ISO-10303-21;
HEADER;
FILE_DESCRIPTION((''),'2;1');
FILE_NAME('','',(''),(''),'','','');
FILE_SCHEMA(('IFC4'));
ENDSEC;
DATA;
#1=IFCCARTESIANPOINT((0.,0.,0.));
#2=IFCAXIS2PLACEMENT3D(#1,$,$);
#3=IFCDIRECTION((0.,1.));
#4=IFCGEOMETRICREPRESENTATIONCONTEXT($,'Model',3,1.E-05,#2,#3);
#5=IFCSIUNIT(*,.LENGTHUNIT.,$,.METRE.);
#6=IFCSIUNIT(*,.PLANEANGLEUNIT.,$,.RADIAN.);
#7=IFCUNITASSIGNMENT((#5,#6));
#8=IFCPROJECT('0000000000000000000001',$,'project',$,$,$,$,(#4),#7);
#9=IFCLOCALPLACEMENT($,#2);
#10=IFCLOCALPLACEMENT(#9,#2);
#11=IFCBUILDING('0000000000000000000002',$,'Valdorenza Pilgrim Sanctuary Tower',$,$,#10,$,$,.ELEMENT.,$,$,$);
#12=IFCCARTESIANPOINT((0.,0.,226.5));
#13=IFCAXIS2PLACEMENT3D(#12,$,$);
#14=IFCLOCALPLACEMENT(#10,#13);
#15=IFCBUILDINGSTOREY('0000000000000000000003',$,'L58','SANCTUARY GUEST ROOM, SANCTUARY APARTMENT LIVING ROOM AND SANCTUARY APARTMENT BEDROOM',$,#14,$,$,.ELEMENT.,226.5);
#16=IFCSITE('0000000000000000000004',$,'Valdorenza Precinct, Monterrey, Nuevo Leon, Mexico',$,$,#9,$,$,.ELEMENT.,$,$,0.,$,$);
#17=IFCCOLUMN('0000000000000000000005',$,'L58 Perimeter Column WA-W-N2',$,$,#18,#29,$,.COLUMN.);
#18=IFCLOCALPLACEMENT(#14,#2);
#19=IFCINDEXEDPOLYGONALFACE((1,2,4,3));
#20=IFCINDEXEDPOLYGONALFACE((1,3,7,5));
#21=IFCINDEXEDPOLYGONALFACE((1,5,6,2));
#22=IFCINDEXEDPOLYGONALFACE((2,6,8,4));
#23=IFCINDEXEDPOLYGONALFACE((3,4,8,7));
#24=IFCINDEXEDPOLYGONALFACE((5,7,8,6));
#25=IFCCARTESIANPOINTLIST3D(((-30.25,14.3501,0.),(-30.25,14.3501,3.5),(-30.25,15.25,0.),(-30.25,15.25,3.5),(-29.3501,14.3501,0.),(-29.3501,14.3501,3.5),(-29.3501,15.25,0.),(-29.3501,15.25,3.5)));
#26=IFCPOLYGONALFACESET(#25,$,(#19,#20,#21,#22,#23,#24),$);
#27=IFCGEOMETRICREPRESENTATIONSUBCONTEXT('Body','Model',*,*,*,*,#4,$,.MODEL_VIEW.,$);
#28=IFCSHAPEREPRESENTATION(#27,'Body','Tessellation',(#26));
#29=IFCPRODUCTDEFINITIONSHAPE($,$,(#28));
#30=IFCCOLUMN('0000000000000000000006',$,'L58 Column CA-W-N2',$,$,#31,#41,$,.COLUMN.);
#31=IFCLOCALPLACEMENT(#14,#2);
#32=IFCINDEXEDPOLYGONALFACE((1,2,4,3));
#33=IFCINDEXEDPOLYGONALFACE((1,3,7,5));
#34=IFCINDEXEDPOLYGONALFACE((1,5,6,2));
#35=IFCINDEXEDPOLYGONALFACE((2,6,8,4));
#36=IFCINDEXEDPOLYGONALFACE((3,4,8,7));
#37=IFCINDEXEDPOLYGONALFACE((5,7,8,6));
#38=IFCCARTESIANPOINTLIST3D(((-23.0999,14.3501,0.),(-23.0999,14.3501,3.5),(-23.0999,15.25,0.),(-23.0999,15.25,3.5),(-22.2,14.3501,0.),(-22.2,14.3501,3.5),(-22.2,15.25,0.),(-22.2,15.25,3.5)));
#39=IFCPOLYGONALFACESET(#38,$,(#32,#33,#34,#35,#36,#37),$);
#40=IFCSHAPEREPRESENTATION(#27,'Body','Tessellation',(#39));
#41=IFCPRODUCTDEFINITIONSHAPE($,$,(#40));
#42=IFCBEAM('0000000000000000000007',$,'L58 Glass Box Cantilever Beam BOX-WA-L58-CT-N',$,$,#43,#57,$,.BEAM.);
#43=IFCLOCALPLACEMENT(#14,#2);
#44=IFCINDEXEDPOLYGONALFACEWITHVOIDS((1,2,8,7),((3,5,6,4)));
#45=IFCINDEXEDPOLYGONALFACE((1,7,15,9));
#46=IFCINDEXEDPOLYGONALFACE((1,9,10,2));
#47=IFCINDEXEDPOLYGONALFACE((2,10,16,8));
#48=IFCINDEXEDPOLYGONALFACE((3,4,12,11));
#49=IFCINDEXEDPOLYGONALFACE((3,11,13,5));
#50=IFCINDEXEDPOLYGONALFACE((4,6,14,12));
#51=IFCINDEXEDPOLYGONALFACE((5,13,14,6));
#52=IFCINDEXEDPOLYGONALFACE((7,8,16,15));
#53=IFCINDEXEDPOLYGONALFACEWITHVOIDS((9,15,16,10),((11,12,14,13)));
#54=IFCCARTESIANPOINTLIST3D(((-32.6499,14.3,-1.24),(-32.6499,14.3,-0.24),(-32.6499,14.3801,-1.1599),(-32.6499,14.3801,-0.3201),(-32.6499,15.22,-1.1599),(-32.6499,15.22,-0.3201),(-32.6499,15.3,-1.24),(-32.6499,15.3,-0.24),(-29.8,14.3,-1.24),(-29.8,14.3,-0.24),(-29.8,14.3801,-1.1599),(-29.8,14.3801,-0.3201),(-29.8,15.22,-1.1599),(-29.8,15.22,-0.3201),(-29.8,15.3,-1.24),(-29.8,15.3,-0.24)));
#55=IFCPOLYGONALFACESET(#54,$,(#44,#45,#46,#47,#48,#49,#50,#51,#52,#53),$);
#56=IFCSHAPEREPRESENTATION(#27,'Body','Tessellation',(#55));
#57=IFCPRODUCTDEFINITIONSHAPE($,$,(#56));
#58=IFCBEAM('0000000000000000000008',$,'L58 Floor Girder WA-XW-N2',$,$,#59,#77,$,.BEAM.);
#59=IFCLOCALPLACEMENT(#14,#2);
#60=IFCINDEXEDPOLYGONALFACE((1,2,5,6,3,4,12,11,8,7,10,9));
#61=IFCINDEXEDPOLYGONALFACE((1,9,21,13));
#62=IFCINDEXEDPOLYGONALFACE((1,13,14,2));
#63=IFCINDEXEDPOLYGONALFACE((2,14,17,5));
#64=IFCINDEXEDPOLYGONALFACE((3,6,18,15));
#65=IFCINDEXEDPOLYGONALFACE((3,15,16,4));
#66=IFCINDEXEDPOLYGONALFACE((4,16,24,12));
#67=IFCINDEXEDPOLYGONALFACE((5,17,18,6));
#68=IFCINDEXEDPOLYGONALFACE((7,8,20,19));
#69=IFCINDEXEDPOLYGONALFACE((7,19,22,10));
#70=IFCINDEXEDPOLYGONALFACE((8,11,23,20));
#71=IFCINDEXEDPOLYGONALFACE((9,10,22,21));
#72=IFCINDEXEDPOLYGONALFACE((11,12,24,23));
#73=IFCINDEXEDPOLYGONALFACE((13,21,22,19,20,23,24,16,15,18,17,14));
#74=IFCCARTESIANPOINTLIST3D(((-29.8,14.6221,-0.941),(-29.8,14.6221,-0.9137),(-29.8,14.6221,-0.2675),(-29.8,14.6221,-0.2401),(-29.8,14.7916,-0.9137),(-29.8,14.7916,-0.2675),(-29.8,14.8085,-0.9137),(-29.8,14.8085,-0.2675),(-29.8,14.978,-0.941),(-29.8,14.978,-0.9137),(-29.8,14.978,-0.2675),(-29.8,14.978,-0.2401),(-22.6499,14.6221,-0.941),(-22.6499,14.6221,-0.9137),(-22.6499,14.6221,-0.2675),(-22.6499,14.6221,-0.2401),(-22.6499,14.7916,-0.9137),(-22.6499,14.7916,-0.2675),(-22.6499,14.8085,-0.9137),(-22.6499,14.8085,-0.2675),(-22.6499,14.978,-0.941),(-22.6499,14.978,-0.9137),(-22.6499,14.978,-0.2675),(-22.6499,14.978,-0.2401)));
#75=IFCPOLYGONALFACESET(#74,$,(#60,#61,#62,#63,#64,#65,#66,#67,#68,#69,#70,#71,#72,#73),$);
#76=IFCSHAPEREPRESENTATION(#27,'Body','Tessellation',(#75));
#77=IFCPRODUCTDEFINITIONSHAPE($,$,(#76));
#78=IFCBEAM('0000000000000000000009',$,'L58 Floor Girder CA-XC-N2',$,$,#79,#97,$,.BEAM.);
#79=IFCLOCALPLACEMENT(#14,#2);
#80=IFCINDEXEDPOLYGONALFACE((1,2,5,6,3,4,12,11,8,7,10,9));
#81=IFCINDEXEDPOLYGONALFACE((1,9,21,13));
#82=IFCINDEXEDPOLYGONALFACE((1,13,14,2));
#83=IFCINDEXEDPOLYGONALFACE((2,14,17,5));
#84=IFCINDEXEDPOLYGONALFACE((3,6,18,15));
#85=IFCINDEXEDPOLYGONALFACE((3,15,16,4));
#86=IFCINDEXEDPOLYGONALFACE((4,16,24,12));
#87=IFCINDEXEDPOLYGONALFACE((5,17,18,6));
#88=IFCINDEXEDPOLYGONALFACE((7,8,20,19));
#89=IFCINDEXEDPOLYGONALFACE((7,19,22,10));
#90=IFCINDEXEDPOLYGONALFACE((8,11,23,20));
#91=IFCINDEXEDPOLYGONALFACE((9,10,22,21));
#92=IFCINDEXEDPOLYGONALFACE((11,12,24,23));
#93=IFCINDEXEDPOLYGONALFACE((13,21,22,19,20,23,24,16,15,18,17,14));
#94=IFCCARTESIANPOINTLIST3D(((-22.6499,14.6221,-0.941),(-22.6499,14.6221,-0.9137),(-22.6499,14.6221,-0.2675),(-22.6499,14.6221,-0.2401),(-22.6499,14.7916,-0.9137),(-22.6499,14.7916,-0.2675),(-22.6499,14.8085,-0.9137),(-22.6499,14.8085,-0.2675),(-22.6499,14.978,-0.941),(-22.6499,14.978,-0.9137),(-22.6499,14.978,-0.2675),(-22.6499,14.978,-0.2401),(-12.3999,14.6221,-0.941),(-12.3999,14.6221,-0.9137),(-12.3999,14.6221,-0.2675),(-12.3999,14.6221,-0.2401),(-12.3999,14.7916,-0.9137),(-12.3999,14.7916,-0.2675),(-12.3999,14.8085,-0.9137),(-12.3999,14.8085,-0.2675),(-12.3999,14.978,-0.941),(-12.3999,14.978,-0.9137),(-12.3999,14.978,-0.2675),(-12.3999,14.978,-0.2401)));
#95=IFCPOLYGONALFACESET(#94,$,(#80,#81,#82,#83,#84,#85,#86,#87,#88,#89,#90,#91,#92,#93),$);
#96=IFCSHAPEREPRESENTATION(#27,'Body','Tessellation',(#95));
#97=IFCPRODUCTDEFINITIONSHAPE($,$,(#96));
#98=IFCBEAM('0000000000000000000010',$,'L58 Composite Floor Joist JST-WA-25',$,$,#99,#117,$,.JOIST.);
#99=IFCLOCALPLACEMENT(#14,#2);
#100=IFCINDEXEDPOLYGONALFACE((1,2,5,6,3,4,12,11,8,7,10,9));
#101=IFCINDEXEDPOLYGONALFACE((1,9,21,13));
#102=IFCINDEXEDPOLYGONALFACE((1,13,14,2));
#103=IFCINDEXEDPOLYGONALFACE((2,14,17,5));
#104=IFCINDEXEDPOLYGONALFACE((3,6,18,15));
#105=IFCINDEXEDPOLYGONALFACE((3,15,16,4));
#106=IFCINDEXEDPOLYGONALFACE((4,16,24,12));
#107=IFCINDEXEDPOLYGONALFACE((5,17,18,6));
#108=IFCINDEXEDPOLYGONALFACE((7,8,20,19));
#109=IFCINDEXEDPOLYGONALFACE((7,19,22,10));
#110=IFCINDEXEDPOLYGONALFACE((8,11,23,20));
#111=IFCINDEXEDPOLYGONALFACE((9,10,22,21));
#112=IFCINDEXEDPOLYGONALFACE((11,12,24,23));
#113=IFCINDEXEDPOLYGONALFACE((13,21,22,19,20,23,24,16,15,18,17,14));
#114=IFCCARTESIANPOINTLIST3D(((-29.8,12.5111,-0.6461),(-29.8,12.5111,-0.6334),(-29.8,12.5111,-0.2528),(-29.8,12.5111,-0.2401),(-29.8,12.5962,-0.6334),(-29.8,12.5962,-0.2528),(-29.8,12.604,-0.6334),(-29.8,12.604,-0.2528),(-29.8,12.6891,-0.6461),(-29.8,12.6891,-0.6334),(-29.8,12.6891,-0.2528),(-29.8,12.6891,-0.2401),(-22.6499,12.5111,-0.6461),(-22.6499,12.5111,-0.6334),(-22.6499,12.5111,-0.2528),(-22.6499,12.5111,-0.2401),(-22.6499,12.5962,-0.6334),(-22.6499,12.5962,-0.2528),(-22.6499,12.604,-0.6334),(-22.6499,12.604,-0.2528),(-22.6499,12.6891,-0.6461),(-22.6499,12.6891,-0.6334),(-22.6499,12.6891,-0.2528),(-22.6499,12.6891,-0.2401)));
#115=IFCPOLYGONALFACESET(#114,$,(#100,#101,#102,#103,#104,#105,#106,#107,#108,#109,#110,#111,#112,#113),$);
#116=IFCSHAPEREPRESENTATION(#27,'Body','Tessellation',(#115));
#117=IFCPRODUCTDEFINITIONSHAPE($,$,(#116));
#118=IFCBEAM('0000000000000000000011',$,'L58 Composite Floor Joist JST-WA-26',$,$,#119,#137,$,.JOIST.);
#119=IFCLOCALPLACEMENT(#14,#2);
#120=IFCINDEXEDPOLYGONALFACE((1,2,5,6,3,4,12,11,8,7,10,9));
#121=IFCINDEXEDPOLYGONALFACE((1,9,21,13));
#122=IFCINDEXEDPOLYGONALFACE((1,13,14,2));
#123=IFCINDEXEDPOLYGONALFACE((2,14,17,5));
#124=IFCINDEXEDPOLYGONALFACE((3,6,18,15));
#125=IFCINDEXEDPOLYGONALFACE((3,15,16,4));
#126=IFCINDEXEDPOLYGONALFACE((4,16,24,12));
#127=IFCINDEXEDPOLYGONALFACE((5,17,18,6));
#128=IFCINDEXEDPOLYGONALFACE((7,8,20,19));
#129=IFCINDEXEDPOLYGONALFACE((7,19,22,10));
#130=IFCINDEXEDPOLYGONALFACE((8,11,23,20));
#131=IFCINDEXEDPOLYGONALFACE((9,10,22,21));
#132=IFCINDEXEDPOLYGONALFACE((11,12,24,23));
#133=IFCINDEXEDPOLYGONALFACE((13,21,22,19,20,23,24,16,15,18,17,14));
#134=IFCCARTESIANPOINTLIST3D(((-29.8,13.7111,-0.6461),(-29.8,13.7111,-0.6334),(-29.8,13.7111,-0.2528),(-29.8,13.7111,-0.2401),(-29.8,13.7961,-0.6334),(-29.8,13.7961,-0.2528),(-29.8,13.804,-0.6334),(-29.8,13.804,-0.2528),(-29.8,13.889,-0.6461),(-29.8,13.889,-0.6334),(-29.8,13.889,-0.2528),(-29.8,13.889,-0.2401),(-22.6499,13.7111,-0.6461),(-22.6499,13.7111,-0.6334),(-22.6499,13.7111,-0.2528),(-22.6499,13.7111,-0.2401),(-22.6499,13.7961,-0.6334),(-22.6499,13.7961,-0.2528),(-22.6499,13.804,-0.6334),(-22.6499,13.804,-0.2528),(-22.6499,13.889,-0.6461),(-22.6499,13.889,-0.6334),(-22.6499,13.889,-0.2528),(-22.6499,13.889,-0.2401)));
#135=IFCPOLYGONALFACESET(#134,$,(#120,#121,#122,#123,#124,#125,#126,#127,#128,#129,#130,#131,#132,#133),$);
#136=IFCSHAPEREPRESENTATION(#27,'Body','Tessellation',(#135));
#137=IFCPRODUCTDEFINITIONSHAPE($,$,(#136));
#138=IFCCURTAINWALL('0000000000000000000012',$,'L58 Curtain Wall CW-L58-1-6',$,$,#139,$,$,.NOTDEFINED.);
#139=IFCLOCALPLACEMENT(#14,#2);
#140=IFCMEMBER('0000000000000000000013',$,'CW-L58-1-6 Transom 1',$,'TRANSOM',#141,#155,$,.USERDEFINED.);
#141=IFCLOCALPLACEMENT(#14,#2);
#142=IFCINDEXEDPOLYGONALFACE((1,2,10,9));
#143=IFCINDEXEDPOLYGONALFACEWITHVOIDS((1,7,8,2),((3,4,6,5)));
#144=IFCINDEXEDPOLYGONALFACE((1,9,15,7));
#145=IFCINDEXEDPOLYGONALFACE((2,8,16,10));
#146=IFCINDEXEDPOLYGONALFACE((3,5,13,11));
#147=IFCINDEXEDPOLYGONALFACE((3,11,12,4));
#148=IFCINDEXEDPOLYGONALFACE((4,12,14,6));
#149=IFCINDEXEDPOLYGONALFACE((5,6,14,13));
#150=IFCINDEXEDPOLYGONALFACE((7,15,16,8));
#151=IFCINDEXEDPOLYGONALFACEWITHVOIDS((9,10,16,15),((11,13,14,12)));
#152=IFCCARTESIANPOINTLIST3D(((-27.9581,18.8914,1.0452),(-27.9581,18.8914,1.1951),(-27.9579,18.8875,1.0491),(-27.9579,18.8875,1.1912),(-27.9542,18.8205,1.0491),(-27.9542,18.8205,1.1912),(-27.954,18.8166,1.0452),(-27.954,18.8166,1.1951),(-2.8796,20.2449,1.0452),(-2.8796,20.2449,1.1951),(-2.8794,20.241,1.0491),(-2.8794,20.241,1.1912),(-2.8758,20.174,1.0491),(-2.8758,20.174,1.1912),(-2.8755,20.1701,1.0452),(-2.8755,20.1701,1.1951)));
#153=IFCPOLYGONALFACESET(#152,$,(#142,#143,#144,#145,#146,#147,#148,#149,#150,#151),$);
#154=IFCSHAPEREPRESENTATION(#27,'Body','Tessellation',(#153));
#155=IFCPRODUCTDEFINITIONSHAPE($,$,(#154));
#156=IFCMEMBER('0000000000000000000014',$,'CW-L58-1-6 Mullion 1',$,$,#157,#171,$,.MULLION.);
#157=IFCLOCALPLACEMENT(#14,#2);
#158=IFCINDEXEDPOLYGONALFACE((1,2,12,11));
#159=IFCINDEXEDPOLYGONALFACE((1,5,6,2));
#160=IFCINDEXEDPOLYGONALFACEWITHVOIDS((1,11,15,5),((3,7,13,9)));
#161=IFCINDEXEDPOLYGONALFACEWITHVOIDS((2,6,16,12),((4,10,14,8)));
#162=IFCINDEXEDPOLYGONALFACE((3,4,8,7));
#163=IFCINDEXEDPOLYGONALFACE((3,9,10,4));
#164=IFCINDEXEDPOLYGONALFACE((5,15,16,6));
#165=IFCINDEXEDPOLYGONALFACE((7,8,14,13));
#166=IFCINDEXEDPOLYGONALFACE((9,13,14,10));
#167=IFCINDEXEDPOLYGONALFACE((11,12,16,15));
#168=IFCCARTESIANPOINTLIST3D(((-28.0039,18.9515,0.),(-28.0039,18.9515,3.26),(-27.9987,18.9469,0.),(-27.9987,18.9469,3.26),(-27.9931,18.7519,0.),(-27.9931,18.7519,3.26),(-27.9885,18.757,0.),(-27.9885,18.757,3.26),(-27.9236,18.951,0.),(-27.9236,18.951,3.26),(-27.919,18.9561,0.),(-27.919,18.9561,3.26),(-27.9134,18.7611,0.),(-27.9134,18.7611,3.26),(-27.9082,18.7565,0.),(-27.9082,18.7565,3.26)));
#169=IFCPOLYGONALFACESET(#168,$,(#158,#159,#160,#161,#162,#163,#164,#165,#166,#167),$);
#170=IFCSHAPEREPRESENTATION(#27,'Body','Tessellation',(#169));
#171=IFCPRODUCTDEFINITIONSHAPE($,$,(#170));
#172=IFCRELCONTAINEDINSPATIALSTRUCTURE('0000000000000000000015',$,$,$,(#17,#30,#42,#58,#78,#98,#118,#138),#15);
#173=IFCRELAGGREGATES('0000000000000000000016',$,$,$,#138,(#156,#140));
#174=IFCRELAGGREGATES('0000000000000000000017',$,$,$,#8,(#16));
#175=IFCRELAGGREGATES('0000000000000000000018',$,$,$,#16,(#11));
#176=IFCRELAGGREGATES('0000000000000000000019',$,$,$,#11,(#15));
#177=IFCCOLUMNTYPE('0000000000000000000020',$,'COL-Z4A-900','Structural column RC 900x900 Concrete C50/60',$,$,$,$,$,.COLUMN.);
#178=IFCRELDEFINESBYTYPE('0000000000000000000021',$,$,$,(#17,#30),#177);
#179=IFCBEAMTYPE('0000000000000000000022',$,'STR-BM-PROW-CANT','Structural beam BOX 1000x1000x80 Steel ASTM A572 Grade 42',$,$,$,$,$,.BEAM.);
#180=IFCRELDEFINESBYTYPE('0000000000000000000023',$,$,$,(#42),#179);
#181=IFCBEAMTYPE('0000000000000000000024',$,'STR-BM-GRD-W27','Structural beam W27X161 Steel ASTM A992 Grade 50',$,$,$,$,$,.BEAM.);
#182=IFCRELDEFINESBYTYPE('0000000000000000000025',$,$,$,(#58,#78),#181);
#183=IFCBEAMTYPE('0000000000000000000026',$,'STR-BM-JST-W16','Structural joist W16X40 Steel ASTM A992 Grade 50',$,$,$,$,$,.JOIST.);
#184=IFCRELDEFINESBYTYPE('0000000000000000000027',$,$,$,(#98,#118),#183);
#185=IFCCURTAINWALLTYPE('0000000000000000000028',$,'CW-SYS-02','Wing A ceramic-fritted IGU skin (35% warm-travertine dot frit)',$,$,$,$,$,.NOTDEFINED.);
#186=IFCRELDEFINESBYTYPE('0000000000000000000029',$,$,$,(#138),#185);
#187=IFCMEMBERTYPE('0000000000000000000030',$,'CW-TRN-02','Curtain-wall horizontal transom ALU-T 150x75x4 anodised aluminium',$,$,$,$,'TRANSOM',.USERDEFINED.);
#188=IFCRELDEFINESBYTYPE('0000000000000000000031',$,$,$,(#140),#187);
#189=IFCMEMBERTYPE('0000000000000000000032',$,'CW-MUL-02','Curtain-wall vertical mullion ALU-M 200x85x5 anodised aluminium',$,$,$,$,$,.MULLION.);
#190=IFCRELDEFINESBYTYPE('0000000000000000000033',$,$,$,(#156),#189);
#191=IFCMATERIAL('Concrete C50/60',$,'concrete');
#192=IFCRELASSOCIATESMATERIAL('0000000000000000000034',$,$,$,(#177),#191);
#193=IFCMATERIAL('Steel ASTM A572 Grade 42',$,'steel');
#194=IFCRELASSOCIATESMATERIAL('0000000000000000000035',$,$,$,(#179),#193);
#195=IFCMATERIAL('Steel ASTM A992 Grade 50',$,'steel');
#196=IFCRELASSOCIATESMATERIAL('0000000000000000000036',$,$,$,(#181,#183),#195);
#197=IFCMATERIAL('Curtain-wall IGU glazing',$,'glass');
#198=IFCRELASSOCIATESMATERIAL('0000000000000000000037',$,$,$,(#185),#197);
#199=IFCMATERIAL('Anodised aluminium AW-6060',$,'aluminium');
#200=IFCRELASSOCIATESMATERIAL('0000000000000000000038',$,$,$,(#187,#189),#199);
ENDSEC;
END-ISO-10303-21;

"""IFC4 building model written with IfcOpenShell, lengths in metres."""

from ifc_helpers import new_model, si_unit, direction, frame, origin, origin_2d, place, context, subcontext, project, spatial, rectangle, hollow_rectangle, i_section, extrude, source, transform, mapped, material, material_profile, profile_set, type_object, element, aggregate, save


model = new_model("IFC4")

# Units and contexts
model_context = context("Model", 3, precision=1e-05, world=origin(), true_north=direction((0.0, 1.0)))
body_context = subcontext(model_context, "Body", "Model", "MODEL_VIEW")
ifc_project = project(units=[si_unit("LENGTHUNIT", "METRE"), si_unit("PLANEANGLEUNIT", "RADIAN")], contexts=[model_context])

# Site, building, storey
site_placement = place(None, origin())
site = spatial("IfcSite", under=ifc_project, at=site_placement, Name="Valdorenza Precinct, Monterrey, Nuevo Leon, Mexico", CompositionType="ELEMENT", RefElevation=0.0)
building_placement = place(site_placement, origin())
building = spatial("IfcBuilding", under=site, at=building_placement, Name="Valdorenza Pilgrim Sanctuary Tower", CompositionType="ELEMENT")
storey_placement = place(building_placement, frame((0.0, 0.0, 226.5)))
storey = spatial("IfcBuildingStorey", under=building, at=storey_placement, Name="L58", Description="SANCTUARY GUEST ROOM, SANCTUARY APARTMENT LIVING ROOM AND SANCTUARY APARTMENT BEDROOM", CompositionType="ELEMENT", Elevation=226.5)

# Columns
ifc_material_1 = material(Name="Concrete C50/60", Category="concrete")
ifc_material_profile_1 = material_profile(ifc_material_1, rectangle(XDim=0.8999, YDim=0.8999, at=origin_2d()), Name="RC 900x900")
ifc_profile_set_1 = profile_set([ifc_material_profile_1], Name="Concrete C50/60")
column_type = type_object("IfcColumnType", Name="COL-Z4A-900", Description="Structural column RC 900x900 Concrete C50/60", PredefinedType="COLUMN", material=ifc_profile_set_1)
shared_shape_1 = source(origin(), body_context, "Body", "SweptSolid", [
    extrude(rectangle(XDim=0.8999, YDim=0.8999, at=origin_2d()), origin(), (0.0, 0.0, 1.0), 3.5),
])
for number, where, z_axis, x_axis, name in (
    (1, (-29.8, 14.8, 0.0), (0.0, 0.0, 1.0), (1.0, 0.0, 0.0), "L58 Perimeter Column WA-W-N2"),
    (2, (-22.6499, 14.8, 0.0), (0.0, 0.0, 1.0), (1.0, 0.0, 0.0), "L58 Column CA-W-N2"),
):
    element("IfcColumn", number, at=place(storey_placement, frame(where, z_axis=z_axis, x_axis=x_axis)), inside=storey, type_object=column_type, Name=name, PredefinedType="COLUMN", context=body_context, shape_type="MappedRepresentation", body=[
        mapped(shared_shape_1, transform((0.0, 0.0, 0.0), x_axis=(1.0, 0.0, 0.0), y_axis=(0.0, 1.0, 0.0), z_axis=(0.0, 0.0, 1.0), scale=1.0)),
    ])

# Beams
ifc_material_2 = material(Name="Steel ASTM A572 Grade 42", Category="steel")
ifc_material_profile_2 = material_profile(ifc_material_2, hollow_rectangle(XDim=1.0, YDim=1.0, WallThickness=0.0801, at=origin_2d()), Name="BOX 1000x1000x80")
ifc_profile_set_2 = profile_set([ifc_material_profile_2], Name="Steel ASTM A572 Grade 42")
beam_type_1 = type_object("IfcBeamType", Name="STR-BM-PROW-CANT", Description="Structural beam BOX 1000x1000x80 Steel ASTM A572 Grade 42", PredefinedType="BEAM", material=ifc_profile_set_2)
shared_shape_2 = source(origin(), body_context, "Body", "SweptSolid", [
    extrude(hollow_rectangle(XDim=1.0, YDim=1.0, WallThickness=0.0801, at=origin_2d()), origin(), (0.0, 0.0, 1.0), 2.8499),
])
beam_1_placement = place(storey_placement, frame((-29.8, 14.8, -0.74), z_axis=(-1.0, 0.0, 0.0), x_axis=(0.0, -1.0, 0.0)))
element("IfcBeam", 3, at=beam_1_placement, inside=storey, type_object=beam_type_1, Name="L58 Glass Box Cantilever Beam BOX-WA-L58-CT-N", PredefinedType="BEAM", context=body_context, shape_type="MappedRepresentation", body=[
    mapped(shared_shape_2, transform((0.0, 0.0, 0.0), x_axis=(1.0, 0.0, 0.0), y_axis=(0.0, 1.0, 0.0), z_axis=(0.0, 0.0, 1.0), scale=1.0)),
])
ifc_material_3 = material(Name="Steel ASTM A992 Grade 50", Category="steel")
ifc_material_profile_3 = material_profile(ifc_material_3, i_section(OverallWidth=0.356, OverallDepth=0.7009, WebThickness=0.0168, FlangeThickness=0.0273, at=origin_2d()), Name="W27X161")
ifc_profile_set_3 = profile_set([ifc_material_profile_3], Name="Steel ASTM A992 Grade 50")
beam_type_2 = type_object("IfcBeamType", Name="STR-BM-GRD-W27", Description="Structural beam W27X161 Steel ASTM A992 Grade 50", PredefinedType="BEAM", material=ifc_profile_set_3)
shared_shape_3 = source(origin(), body_context, "Body", "SweptSolid", [
    extrude(i_section(OverallWidth=0.356, OverallDepth=0.7009, WebThickness=0.0168, FlangeThickness=0.0273, at=origin_2d()), origin(), (0.0, 0.0, 1.0), 7.1501),
])
beam_2_placement = place(storey_placement, frame((-29.8, 14.8, -0.5906), z_axis=(1.0, 0.0, 0.0), x_axis=(0.0, 1.0, 0.0)))
element("IfcBeam", 4, at=beam_2_placement, inside=storey, type_object=beam_type_2, Name="L58 Floor Girder WA-XW-N2", PredefinedType="BEAM", context=body_context, shape_type="MappedRepresentation", body=[
    mapped(shared_shape_3, transform((0.0, 0.0, 0.0), x_axis=(1.0, 0.0, 0.0), y_axis=(0.0, 1.0, 0.0), z_axis=(0.0, 0.0, 1.0), scale=1.0)),
])
shared_shape_4 = source(origin(), body_context, "Body", "SweptSolid", [
    extrude(i_section(OverallWidth=0.356, OverallDepth=0.7009, WebThickness=0.0168, FlangeThickness=0.0273, at=origin_2d()), origin(), (0.0, 0.0, 1.0), 10.25),
])
beam_3_placement = place(storey_placement, frame((-22.6499, 14.8, -0.5906), z_axis=(1.0, 0.0, 0.0), x_axis=(0.0, 1.0, 0.0)))
element("IfcBeam", 5, at=beam_3_placement, inside=storey, type_object=beam_type_2, Name="L58 Floor Girder CA-XC-N2", PredefinedType="BEAM", context=body_context, shape_type="MappedRepresentation", body=[
    mapped(shared_shape_4, transform((0.0, 0.0, 0.0), x_axis=(1.0, 0.0, 0.0), y_axis=(0.0, 1.0, 0.0), z_axis=(0.0, 0.0, 1.0), scale=1.0)),
])
ifc_material_profile_4 = material_profile(ifc_material_3, i_section(OverallWidth=0.178, OverallDepth=0.406, WebThickness=0.0078, FlangeThickness=0.0127, at=origin_2d()), Name="W16X40")
ifc_profile_set_4 = profile_set([ifc_material_profile_4], Name="Steel ASTM A992 Grade 50")
beam_type_3 = type_object("IfcBeamType", Name="STR-BM-JST-W16", Description="Structural joist W16X40 Steel ASTM A992 Grade 50", PredefinedType="JOIST", material=ifc_profile_set_4)
shared_shape_5 = source(origin(), body_context, "Body", "SweptSolid", [
    extrude(i_section(OverallWidth=0.178, OverallDepth=0.406, WebThickness=0.0078, FlangeThickness=0.0127, at=origin_2d()), origin(), (0.0, 0.0, 1.0), 7.1501),
])
for number, where, z_axis, x_axis, name in (
    (6, (-29.8, 12.6001, -0.4431), (1.0, 0.0, 0.0), (0.0, 1.0, 0.0), "L58 Composite Floor Joist JST-WA-25"),
    (7, (-29.8, 13.8, -0.4431), (1.0, 0.0, 0.0), (0.0, 1.0, 0.0), "L58 Composite Floor Joist JST-WA-26"),
):
    element("IfcBeam", number, at=place(storey_placement, frame(where, z_axis=z_axis, x_axis=x_axis)), inside=storey, type_object=beam_type_3, Name=name, PredefinedType="JOIST", context=body_context, shape_type="MappedRepresentation", body=[
        mapped(shared_shape_5, transform((0.0, 0.0, 0.0), x_axis=(1.0, 0.0, 0.0), y_axis=(0.0, 1.0, 0.0), z_axis=(0.0, 0.0, 1.0), scale=1.0)),
    ])

# Curtain wall, members
ifc_material_4 = material(Name="Curtain-wall IGU glazing", Category="glass")
curtain_wall_type = type_object("IfcCurtainWallType", Name="CW-SYS-02", Description="Wing A ceramic-fritted IGU skin (35% warm-travertine dot frit)", PredefinedType="NOTDEFINED", material=ifc_material_4)
curtain_wall_placement = place(storey_placement, origin())
curtain_wall = element("IfcCurtainWall", 8, at=curtain_wall_placement, inside=storey, type_object=curtain_wall_type, Name="L58 Curtain Wall CW-L58-1-6", PredefinedType="NOTDEFINED")
ifc_material_5 = material(Name="Anodised aluminium AW-6060", Category="aluminium")
ifc_material_profile_5 = material_profile(ifc_material_5, hollow_rectangle(XDim=0.075, YDim=0.1499, WallThickness=0.0039, at=origin_2d()), Name="ALU-T 150x75x4")
ifc_profile_set_5 = profile_set([ifc_material_profile_5], Name="Anodised aluminium AW-6060")
member_type_1 = type_object("IfcMemberType", Name="CW-TRN-02", Description="Curtain-wall horizontal transom ALU-T 150x75x4 anodised aluminium", ElementType="TRANSOM", PredefinedType="USERDEFINED", material=ifc_profile_set_5)
shared_shape_6 = source(origin(), body_context, "Body", "SweptSolid", [
    extrude(hollow_rectangle(XDim=0.075, YDim=0.1499, WallThickness=0.0039, at=origin_2d()), origin(), (0.0, 0.0, 1.0), 25.115),
])
member_1_placement = place(storey_placement, frame((-27.9561, 18.854, 1.1201), z_axis=(0.998547, 0.053893, 0.0), x_axis=(-0.053893, 0.998547, 0.0)))
member_1 = element("IfcMember", 9, at=member_1_placement, type_object=member_type_1, Name="CW-L58-1-6 Transom 1", ObjectType="TRANSOM", PredefinedType="USERDEFINED", context=body_context, shape_type="MappedRepresentation", body=[
    mapped(shared_shape_6, transform((0.0, 0.0, 0.0), x_axis=(1.0, 0.0, 0.0), y_axis=(0.0, 1.0, 0.0), z_axis=(0.0, 0.0, 1.0), scale=1.0)),
])
ifc_material_profile_6 = material_profile(ifc_material_5, hollow_rectangle(XDim=0.085, YDim=0.2, WallThickness=0.0049, at=origin_2d()), Name="ALU-M 200x85x5")
ifc_profile_set_6 = profile_set([ifc_material_profile_6], Name="Anodised aluminium AW-6060")
member_type_2 = type_object("IfcMemberType", Name="CW-MUL-02", Description="Curtain-wall vertical mullion ALU-M 200x85x5 anodised aluminium", PredefinedType="MULLION", material=ifc_profile_set_6)
shared_shape_7 = source(origin(), body_context, "Body", "SweptSolid", [
    extrude(hollow_rectangle(XDim=0.085, YDim=0.2, WallThickness=0.0049, at=origin_2d()), origin(), (0.0, 0.0, 1.0), 3.26),
])
member_2_placement = place(storey_placement, frame((-27.9561, 18.854, 0.0), z_axis=(0.0, 0.0, 1.0), x_axis=(0.998547, 0.053887, 0.0)))
member_2 = element("IfcMember", 10, at=member_2_placement, type_object=member_type_2, Name="CW-L58-1-6 Mullion 1", PredefinedType="MULLION", context=body_context, shape_type="MappedRepresentation", body=[
    mapped(shared_shape_7, transform((0.0, 0.0, 0.0), x_axis=(1.0, 0.0, 0.0), y_axis=(0.0, 1.0, 0.0), z_axis=(0.0, 0.0, 1.0), scale=1.0)),
])
aggregate(curtain_wall, [member_2, member_1])

save(model, "model.ifc")
